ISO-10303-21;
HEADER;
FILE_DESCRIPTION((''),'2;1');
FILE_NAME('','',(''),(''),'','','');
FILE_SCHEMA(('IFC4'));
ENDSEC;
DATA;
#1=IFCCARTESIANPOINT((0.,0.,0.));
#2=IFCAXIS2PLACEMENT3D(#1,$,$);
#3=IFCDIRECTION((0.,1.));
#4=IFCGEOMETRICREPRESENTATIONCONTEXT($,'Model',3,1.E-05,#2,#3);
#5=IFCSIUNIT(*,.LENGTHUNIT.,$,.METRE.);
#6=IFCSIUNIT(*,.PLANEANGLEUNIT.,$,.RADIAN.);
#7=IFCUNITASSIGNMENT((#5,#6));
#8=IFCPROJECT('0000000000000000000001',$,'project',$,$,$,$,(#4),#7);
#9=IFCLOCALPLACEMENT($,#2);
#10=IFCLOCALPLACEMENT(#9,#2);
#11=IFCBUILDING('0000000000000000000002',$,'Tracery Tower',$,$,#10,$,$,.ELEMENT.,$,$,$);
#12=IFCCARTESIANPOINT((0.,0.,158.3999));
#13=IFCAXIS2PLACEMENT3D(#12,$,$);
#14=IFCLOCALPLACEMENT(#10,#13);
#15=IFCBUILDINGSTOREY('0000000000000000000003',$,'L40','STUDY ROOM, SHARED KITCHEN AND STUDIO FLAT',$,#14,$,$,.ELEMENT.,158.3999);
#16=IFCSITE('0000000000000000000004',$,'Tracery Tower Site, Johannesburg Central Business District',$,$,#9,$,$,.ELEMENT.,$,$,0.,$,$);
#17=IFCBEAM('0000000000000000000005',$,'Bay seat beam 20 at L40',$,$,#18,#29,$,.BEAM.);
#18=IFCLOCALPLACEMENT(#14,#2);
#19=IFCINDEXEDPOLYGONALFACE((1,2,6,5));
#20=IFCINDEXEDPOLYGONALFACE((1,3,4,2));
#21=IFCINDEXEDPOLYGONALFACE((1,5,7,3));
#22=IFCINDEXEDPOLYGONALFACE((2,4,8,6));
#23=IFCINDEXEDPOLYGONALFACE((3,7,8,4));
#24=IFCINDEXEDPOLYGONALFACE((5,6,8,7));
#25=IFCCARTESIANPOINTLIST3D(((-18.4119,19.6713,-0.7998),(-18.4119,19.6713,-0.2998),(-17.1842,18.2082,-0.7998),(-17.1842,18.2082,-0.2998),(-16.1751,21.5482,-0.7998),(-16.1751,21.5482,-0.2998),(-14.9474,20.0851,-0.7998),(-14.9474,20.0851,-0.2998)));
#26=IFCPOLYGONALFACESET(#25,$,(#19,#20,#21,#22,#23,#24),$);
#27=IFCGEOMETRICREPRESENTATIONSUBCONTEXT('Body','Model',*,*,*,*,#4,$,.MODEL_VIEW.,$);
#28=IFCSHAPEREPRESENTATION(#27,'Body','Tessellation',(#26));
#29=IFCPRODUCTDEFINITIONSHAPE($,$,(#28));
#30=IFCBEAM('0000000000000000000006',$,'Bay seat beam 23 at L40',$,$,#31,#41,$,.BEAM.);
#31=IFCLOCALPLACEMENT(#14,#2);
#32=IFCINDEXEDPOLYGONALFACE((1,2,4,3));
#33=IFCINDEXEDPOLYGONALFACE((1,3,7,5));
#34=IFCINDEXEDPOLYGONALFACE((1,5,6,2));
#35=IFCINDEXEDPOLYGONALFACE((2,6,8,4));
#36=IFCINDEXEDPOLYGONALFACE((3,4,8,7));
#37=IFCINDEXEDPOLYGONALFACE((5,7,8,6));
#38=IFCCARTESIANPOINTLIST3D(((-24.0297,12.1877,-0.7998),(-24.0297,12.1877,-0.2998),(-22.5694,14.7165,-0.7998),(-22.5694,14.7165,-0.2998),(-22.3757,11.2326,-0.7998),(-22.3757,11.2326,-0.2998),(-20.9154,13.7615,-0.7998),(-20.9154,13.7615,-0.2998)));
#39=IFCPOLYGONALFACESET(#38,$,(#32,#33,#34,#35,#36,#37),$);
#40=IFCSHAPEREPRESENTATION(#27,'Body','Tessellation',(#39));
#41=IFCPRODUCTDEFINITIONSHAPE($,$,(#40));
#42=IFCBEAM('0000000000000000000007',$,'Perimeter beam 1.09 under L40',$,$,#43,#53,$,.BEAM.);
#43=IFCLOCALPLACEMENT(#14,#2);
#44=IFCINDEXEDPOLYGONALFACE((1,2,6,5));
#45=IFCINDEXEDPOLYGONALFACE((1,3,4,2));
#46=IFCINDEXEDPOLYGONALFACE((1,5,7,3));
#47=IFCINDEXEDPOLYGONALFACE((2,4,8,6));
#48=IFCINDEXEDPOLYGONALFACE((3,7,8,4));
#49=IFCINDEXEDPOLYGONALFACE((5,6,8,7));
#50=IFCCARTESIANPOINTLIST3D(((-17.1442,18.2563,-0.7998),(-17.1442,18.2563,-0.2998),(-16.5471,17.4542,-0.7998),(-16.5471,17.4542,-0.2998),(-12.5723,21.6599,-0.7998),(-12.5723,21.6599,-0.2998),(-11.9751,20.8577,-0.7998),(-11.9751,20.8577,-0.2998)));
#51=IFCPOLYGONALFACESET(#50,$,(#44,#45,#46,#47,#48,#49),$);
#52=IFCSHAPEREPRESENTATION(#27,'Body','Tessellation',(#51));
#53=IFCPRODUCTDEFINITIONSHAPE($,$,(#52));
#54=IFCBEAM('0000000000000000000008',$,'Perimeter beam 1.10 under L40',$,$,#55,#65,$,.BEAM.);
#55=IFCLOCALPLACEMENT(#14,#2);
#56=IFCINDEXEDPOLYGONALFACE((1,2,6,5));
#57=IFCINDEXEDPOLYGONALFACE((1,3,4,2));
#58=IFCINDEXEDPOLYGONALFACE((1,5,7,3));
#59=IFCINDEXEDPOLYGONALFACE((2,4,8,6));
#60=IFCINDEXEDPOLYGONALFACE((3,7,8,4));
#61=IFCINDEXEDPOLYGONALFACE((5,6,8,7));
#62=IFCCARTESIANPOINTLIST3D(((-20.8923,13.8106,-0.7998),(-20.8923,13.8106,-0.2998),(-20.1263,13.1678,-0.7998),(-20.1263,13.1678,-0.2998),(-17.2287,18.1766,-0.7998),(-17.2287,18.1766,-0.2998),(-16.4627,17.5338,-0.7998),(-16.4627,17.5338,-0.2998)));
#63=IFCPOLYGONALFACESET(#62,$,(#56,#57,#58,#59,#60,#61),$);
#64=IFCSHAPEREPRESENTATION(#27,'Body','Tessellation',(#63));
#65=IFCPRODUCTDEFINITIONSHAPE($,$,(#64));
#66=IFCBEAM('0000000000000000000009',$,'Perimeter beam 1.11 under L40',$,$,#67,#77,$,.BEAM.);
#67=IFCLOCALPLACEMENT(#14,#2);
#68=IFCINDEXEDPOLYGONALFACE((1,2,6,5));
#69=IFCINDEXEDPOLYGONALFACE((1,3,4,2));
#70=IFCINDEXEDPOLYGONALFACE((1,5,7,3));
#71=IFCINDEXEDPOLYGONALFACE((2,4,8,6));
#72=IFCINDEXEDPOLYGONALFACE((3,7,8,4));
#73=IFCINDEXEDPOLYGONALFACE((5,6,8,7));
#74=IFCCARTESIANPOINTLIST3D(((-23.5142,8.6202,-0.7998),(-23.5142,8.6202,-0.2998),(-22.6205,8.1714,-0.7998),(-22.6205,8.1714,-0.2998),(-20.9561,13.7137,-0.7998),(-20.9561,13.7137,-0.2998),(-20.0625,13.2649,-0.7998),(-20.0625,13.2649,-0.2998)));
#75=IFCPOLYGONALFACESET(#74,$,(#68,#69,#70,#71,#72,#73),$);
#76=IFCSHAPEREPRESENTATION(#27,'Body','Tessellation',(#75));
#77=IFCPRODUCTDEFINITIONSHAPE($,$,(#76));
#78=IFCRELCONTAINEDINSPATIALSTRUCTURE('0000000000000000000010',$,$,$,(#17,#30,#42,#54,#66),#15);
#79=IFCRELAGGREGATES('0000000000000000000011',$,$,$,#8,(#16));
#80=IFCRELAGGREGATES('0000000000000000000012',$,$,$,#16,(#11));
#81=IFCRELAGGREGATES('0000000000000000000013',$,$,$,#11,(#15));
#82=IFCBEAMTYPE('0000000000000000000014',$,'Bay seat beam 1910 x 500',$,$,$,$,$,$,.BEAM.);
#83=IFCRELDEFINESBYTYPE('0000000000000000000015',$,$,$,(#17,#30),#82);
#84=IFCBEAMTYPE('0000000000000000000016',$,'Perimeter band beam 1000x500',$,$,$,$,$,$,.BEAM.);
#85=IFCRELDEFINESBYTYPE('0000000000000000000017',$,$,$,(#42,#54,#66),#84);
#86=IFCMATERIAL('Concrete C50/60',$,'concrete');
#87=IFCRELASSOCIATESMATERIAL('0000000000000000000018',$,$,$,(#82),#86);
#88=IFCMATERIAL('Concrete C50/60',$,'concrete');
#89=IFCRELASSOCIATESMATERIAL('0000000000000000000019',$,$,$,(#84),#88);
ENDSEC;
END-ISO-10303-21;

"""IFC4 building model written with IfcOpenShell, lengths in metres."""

from ifc_helpers import new_model, si_unit, direction, frame, origin, origin_2d, place, context, subcontext, project, spatial, rectangle, extrude, material, material_profile, profile_set, type_object, element, save


model = new_model("IFC4")

# Units and contexts
model_context = context("Model", 3, precision=1e-05, world=origin(), true_north=direction((0.0, 1.0)))
body_context = subcontext(model_context, "Body", "Model", "MODEL_VIEW")
ifc_project = project(units=[si_unit("LENGTHUNIT", "METRE"), si_unit("PLANEANGLEUNIT", "RADIAN")], contexts=[model_context])

# Site, building, storey
site_placement = place(None, origin())
site = spatial("IfcSite", under=ifc_project, at=site_placement, Name="Tracery Tower Site, Johannesburg Central Business District", CompositionType="ELEMENT", RefElevation=0.0)
building_placement = place(site_placement, origin())
building = spatial("IfcBuilding", under=site, at=building_placement, Name="Tracery Tower", CompositionType="ELEMENT")
storey_placement = place(building_placement, frame((0.0, 0.0, 158.3999)))
storey = spatial("IfcBuildingStorey", under=building, at=storey_placement, Name="L40", Description="STUDY ROOM, SHARED KITCHEN AND STUDIO FLAT", CompositionType="ELEMENT", Elevation=158.3999)

# Beams
ifc_material_1 = material(Name="Concrete C50/60", Category="concrete")
ifc_material_profile_1 = material_profile(ifc_material_1, rectangle(XDim=1.9099, YDim=0.5, at=origin_2d()), Name="RC 1910x500")
ifc_profile_set_1 = profile_set([ifc_material_profile_1], Name="Concrete C50/60")
beam_type_1 = type_object("IfcBeamType", Name="Bay seat beam 1910 x 500", PredefinedType="BEAM", material=ifc_profile_set_1)
beam_1_placement = place(storey_placement, frame((-15.5613, 20.8167, -0.5498), z_axis=(-0.766037, -0.642796, 0.0), x_axis=(0.642796, -0.766037, 0.0)))
element("IfcBeam", 1, at=beam_1_placement, inside=storey, type_object=beam_type_1, Name="Bay seat beam 20 at L40", PredefinedType="BEAM", context=body_context, shape_type="SweptSolid", body=[
    extrude(rectangle(XDim=1.9099, YDim=0.5, at=origin_2d()), origin(), (0.0, 0.0, 1.0), 2.9199),
])
beam_2_placement = place(storey_placement, frame((-21.7424, 14.239, -0.5498), z_axis=(-0.500051, -0.865996, 0.0), x_axis=(0.865996, -0.500051, 0.0)))
element("IfcBeam", 2, at=beam_2_placement, inside=storey, type_object=beam_type_1, Name="Bay seat beam 23 at L40", PredefinedType="BEAM", context=body_context, shape_type="SweptSolid", body=[
    extrude(rectangle(XDim=1.9099, YDim=0.5, at=origin_2d()), origin(), (0.0, 0.0, 1.0), 2.9202),
])
ifc_material_2 = material(Name="Concrete C50/60", Category="concrete")
ifc_material_profile_2 = material_profile(ifc_material_2, rectangle(XDim=1.0, YDim=0.5, at=origin_2d()), Name="RC 1000x500")
ifc_profile_set_2 = profile_set([ifc_material_profile_2], Name="Concrete C50/60")
beam_type_2 = type_object("IfcBeamType", Name="Perimeter band beam 1000x500", PredefinedType="BEAM", material=ifc_profile_set_2)
beam_3_placement = place(storey_placement, frame((-12.2737, 21.2588, -0.5498), z_axis=(-0.802138, -0.597138, 0.0), x_axis=(0.597138, -0.802138, 0.0)))
element("IfcBeam", 3, at=beam_3_placement, inside=storey, type_object=beam_type_2, Name="Perimeter beam 1.09 under L40", PredefinedType="BEAM", context=body_context, shape_type="SweptSolid", body=[
    extrude(rectangle(XDim=1.0, YDim=0.5, at=origin_2d()), origin(), (0.0, 0.0, 1.0), 5.6997),
])
beam_4_placement = place(storey_placement, frame((-16.8457, 17.8552, -0.5498), z_axis=(-0.642797, -0.766036, 0.0), x_axis=(0.766036, -0.642797, 0.0)))
element("IfcBeam", 4, at=beam_4_placement, inside=storey, type_object=beam_type_2, Name="Perimeter beam 1.10 under L40", PredefinedType="BEAM", context=body_context, shape_type="SweptSolid", body=[
    extrude(rectangle(XDim=1.0, YDim=0.5, at=origin_2d()), origin(), (0.0, 0.0, 1.0), 5.6995),
])
beam_5_placement = place(storey_placement, frame((-20.5093, 13.4893, -0.5498), z_axis=(-0.448806, -0.893629, 0.0), x_axis=(0.893629, -0.448806, 0.0)))
element("IfcBeam", 5, at=beam_5_placement, inside=storey, type_object=beam_type_2, Name="Perimeter beam 1.11 under L40", PredefinedType="BEAM", context=body_context, shape_type="SweptSolid", body=[
    extrude(rectangle(XDim=1.0, YDim=0.5, at=origin_2d()), origin(), (0.0, 0.0, 1.0), 5.6997),
])

save(model, "model.ifc")
